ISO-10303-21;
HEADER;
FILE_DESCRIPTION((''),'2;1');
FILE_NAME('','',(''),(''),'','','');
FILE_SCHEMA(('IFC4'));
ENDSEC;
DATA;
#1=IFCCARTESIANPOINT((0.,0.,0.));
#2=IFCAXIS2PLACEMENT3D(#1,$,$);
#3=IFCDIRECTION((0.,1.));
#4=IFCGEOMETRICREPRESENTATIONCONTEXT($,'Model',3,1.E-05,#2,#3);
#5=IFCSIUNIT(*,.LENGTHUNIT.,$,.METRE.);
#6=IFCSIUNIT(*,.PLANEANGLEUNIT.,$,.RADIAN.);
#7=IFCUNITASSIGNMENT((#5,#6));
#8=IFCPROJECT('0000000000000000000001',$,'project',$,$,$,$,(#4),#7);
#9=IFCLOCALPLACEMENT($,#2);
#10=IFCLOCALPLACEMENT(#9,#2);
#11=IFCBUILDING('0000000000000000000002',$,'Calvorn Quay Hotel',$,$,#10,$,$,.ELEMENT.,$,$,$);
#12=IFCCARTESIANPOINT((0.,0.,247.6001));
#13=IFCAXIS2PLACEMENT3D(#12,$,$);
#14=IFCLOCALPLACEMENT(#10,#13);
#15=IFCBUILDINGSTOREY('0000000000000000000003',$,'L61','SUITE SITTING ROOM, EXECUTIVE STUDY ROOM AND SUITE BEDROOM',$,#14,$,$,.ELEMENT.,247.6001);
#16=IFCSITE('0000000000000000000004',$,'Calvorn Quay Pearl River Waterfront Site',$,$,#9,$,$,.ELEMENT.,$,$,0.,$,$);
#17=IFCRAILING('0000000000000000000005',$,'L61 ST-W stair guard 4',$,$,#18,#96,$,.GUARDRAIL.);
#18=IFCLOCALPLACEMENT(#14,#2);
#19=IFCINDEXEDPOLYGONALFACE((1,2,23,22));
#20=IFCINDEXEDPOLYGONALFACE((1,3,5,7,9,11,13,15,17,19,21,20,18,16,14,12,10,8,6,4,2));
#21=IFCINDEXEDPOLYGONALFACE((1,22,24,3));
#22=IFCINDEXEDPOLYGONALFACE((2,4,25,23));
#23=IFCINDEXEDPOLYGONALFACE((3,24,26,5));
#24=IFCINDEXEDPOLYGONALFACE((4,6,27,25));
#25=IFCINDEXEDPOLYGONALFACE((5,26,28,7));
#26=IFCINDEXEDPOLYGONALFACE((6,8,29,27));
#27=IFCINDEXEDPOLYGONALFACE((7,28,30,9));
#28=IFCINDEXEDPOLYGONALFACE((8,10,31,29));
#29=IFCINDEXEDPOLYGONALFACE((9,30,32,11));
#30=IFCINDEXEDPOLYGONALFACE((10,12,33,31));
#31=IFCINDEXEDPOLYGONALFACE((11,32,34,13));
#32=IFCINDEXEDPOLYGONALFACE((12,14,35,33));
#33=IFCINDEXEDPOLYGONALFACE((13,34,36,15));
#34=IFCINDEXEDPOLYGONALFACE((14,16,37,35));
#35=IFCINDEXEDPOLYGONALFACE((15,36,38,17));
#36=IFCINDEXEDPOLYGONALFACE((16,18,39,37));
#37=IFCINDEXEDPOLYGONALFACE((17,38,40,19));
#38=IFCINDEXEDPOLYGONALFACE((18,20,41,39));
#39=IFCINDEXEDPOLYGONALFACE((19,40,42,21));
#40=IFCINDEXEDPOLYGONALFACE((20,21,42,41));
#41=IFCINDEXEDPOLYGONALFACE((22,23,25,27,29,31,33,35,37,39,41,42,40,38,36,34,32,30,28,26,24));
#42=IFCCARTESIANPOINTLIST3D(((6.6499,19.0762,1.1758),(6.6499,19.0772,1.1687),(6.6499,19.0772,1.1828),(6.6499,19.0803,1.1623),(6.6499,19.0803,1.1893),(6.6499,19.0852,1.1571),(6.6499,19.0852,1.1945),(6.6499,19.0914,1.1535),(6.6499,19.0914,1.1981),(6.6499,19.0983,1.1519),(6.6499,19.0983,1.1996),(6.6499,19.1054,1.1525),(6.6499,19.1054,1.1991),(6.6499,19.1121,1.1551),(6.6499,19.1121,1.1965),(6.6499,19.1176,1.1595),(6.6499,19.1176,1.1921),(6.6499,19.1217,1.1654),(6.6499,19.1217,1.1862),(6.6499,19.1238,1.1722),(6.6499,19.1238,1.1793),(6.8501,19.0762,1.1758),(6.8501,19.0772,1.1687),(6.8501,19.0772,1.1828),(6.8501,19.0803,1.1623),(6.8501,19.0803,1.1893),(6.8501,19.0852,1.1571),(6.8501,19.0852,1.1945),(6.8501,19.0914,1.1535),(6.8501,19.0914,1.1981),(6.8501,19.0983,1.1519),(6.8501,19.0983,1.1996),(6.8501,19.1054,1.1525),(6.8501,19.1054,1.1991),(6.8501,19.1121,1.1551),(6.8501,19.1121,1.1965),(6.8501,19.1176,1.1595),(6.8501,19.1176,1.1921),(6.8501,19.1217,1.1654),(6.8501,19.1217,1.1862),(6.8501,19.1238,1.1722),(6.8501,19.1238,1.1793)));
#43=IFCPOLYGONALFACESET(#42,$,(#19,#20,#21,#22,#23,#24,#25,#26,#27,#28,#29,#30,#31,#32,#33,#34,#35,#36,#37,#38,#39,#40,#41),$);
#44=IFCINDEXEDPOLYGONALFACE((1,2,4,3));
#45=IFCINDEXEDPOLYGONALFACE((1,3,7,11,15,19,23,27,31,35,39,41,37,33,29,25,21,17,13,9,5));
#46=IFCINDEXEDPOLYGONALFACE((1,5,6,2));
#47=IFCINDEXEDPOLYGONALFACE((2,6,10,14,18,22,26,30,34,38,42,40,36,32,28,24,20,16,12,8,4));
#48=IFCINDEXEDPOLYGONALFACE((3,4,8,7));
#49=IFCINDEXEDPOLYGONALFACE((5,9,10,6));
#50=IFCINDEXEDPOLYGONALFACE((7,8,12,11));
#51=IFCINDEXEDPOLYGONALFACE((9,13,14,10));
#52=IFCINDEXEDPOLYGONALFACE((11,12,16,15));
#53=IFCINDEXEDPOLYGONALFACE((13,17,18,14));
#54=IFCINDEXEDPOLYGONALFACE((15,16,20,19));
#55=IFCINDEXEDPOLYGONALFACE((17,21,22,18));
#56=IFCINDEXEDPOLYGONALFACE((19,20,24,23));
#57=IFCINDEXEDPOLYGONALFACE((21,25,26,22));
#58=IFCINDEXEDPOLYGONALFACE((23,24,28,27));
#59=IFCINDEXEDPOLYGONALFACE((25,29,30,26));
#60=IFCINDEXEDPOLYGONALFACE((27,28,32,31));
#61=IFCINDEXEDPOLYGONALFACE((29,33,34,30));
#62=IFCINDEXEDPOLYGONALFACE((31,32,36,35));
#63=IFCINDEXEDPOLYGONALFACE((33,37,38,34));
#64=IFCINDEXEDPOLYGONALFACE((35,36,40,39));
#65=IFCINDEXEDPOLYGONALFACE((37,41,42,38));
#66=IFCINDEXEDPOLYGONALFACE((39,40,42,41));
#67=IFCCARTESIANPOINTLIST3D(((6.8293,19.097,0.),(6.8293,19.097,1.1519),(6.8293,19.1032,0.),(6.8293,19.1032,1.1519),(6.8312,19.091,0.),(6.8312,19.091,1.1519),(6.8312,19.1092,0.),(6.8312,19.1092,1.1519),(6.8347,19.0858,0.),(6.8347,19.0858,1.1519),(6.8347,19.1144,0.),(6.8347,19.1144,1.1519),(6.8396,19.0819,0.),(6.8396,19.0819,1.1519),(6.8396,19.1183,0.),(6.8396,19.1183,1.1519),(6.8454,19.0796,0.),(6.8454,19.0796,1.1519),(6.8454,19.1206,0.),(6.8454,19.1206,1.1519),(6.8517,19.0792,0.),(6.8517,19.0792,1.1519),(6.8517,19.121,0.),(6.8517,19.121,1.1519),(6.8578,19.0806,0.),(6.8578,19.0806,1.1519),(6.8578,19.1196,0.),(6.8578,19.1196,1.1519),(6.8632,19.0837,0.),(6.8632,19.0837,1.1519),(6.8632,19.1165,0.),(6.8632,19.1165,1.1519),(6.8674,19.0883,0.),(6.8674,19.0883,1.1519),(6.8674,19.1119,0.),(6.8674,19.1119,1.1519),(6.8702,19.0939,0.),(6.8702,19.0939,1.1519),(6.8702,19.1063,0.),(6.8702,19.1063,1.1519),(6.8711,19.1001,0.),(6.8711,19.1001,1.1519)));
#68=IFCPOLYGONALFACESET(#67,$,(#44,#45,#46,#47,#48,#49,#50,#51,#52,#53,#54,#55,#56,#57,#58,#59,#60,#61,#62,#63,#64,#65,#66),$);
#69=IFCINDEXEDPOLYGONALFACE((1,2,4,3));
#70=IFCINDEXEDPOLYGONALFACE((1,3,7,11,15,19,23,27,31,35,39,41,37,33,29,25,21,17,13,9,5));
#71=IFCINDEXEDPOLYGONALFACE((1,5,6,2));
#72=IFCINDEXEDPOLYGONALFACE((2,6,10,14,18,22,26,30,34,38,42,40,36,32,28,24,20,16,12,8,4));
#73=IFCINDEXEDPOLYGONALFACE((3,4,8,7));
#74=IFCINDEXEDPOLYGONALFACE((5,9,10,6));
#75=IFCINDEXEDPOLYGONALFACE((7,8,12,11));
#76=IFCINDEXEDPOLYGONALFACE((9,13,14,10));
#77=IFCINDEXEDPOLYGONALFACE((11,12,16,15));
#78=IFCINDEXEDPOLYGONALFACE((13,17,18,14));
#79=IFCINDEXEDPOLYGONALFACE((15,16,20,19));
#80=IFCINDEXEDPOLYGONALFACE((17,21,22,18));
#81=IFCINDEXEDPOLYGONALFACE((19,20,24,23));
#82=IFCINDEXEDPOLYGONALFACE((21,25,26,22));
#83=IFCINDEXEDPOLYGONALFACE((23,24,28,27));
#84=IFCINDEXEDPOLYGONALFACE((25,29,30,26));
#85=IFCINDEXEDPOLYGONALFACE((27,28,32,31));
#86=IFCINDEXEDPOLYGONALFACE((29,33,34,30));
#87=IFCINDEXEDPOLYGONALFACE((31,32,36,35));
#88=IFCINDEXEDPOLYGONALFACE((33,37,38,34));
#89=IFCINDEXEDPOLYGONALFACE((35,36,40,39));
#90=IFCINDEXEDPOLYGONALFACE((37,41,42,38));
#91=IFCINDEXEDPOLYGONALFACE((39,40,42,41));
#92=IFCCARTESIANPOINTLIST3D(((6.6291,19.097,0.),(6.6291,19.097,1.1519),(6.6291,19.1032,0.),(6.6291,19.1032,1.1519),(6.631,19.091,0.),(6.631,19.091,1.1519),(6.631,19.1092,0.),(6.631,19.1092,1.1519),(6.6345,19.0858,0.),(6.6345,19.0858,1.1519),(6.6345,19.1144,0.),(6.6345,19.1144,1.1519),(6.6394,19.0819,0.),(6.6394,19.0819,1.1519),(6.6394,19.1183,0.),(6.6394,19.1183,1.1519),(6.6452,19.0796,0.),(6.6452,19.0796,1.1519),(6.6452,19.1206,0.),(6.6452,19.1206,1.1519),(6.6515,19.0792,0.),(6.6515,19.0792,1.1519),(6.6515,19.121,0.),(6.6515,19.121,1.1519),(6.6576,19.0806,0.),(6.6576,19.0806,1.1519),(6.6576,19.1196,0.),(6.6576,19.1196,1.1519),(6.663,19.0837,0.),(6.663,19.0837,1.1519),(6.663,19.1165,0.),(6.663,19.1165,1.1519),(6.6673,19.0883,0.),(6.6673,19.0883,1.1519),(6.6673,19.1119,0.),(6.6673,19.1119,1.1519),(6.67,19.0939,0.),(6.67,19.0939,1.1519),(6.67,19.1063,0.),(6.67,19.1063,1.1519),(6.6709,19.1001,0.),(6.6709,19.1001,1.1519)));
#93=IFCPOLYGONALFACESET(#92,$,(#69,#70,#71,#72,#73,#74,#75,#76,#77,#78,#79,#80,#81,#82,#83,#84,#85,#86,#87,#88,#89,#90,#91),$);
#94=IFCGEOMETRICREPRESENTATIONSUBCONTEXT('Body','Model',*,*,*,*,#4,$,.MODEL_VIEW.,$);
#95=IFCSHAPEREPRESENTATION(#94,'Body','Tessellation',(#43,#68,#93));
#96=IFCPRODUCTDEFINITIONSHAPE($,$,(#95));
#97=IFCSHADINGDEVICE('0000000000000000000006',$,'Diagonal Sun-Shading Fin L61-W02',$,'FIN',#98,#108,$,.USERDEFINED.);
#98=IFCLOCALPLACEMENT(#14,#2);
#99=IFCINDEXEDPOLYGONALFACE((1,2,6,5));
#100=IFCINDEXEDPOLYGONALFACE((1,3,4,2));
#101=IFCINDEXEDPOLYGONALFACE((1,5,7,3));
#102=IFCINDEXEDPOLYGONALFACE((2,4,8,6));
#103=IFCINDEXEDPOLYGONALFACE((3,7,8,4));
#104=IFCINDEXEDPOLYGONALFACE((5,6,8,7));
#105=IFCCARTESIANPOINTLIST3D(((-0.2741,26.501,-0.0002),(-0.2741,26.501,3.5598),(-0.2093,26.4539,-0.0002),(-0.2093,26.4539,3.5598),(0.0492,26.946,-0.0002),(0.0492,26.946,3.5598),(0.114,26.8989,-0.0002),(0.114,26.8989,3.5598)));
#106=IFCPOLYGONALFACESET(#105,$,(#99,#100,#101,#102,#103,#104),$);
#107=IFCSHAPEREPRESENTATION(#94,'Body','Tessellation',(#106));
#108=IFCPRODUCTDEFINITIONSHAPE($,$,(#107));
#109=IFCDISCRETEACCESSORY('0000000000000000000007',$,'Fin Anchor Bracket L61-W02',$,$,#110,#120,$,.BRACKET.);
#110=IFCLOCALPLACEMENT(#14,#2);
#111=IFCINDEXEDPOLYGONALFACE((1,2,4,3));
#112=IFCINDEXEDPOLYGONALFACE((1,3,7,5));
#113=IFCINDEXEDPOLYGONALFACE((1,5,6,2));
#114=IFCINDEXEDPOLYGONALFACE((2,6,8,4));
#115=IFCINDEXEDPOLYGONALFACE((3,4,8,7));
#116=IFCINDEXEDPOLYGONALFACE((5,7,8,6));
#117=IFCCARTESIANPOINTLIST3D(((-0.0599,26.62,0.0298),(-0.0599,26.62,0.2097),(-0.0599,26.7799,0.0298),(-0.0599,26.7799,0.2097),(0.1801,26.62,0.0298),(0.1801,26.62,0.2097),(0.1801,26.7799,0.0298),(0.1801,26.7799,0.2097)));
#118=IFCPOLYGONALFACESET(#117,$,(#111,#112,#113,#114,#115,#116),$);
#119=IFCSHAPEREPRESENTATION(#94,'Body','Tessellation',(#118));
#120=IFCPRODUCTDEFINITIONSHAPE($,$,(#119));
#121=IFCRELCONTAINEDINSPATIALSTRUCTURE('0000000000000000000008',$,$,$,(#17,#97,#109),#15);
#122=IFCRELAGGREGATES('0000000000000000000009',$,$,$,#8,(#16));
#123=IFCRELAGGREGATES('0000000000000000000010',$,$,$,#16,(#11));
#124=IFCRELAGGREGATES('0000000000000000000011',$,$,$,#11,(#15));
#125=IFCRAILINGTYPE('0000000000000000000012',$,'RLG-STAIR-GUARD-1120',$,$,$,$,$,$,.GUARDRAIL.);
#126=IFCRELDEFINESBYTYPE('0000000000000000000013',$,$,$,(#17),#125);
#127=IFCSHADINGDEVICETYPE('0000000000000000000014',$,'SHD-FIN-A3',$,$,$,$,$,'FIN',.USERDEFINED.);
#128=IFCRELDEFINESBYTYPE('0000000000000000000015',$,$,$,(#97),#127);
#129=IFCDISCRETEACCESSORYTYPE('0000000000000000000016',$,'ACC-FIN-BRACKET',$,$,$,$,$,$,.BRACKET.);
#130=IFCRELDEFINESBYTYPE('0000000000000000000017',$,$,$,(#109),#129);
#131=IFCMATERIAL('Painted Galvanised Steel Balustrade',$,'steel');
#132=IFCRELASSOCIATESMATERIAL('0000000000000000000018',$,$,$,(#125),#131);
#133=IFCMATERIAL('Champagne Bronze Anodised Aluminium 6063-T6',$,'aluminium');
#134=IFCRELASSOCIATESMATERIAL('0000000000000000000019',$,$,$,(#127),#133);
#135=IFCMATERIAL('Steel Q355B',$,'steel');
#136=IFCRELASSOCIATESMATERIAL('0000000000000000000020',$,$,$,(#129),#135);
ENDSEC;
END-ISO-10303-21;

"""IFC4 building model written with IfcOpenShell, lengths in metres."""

from ifc_helpers import new_model, si_unit, direction, frame, origin, origin_2d, place, context, subcontext, project, spatial, rectangle, circle, extrude, material, type_object, element, save


model = new_model("IFC4")

# Units and contexts
model_context = context("Model", 3, precision=1e-05, world=origin(), true_north=direction((0.0, 1.0)))
body_context = subcontext(model_context, "Body", "Model", "MODEL_VIEW")
ifc_project = project(units=[si_unit("LENGTHUNIT", "METRE"), si_unit("PLANEANGLEUNIT", "RADIAN")], contexts=[model_context])

# Site, building, storey
site_placement = place(None, origin())
site = spatial("IfcSite", under=ifc_project, at=site_placement, Name="Calvorn Quay Pearl River Waterfront Site", CompositionType="ELEMENT", RefElevation=0.0)
building_placement = place(site_placement, origin())
building = spatial("IfcBuilding", under=site, at=building_placement, Name="Calvorn Quay Hotel", CompositionType="ELEMENT")
storey_placement = place(building_placement, frame((0.0, 0.0, 247.6001)))
storey = spatial("IfcBuildingStorey", under=building, at=storey_placement, Name="L61", Description="SUITE SITTING ROOM, EXECUTIVE STUDY ROOM AND SUITE BEDROOM", CompositionType="ELEMENT", Elevation=247.6001)

# Railing
ifc_material_1 = material(Name="Painted Galvanised Steel Balustrade", Category="steel")
railing_type_1 = type_object("IfcRailingType", Name="RLG-STAIR-GUARD-1120", PredefinedType="GUARDRAIL", material=ifc_material_1)
railing_1_placement = place(storey_placement, frame((6.8501, 19.1001, 0.0)))
element("IfcRailing", 1, at=railing_1_placement, inside=storey, type_object=railing_type_1, Name="L61 ST-W stair guard 4", PredefinedType="GUARDRAIL", context=body_context, shape_type="SweptSolid", body=[
    extrude(circle(Radius=0.0239, at=origin_2d()), frame((0.0, 0.0, 1.1758), z_axis=(-1.0, 0.0, 0.0), x_axis=(0.0, -1.0, 0.0)), (0.0, 0.0, 1.0), 0.2002),
    extrude(circle(Radius=0.021, at=origin_2d()), origin(), (0.0, 0.0, 1.0), 1.1519),
    extrude(circle(Radius=0.021, at=origin_2d()), frame((-0.2002, 0.0, 0.0)), (0.0, 0.0, 1.0), 1.1519),
])

# Shading device
ifc_material_2 = material(Name="Champagne Bronze Anodised Aluminium 6063-T6", Category="aluminium")
shading_device_type = type_object("IfcShadingDeviceType", Name="SHD-FIN-A3", ElementType="FIN", PredefinedType="USERDEFINED", material=ifc_material_2)
shading_device_placement = place(storey_placement, frame((-0.0801, 26.7, -0.0002), z_axis=(0.0, 0.0, 1.0), x_axis=(0.587785, 0.809017, 0.0)))
element("IfcShadingDevice", 2, at=shading_device_placement, inside=storey, type_object=shading_device_type, Name="Diagonal Sun-Shading Fin L61-W02", ObjectType="FIN", PredefinedType="USERDEFINED", context=body_context, shape_type="SweptSolid", body=[
    extrude(rectangle(XDim=0.55, YDim=0.0801, at=origin_2d()), origin(), (0.0, 0.0, 1.0), 3.5601),
])

# Discrete accessory
ifc_material_3 = material(Name="Steel Q355B", Category="steel")
discrete_accessory_type = type_object("IfcDiscreteAccessoryType", Name="ACC-FIN-BRACKET", PredefinedType="BRACKET", material=ifc_material_3)
discrete_accessory_placement = place(storey_placement, frame((0.0601, 26.7, 0.0298), z_axis=(0.0, 0.0, 1.0), x_axis=(1.0, 0.0, 0.0)))
element("IfcDiscreteAccessory", 3, at=discrete_accessory_placement, inside=storey, type_object=discrete_accessory_type, Name="Fin Anchor Bracket L61-W02", PredefinedType="BRACKET", context=body_context, shape_type="SweptSolid", body=[
    extrude(rectangle(XDim=0.24, YDim=0.1599, at=origin_2d()), origin(), (0.0, 0.0, 1.0), 0.1799),
])

save(model, "model.ifc")
